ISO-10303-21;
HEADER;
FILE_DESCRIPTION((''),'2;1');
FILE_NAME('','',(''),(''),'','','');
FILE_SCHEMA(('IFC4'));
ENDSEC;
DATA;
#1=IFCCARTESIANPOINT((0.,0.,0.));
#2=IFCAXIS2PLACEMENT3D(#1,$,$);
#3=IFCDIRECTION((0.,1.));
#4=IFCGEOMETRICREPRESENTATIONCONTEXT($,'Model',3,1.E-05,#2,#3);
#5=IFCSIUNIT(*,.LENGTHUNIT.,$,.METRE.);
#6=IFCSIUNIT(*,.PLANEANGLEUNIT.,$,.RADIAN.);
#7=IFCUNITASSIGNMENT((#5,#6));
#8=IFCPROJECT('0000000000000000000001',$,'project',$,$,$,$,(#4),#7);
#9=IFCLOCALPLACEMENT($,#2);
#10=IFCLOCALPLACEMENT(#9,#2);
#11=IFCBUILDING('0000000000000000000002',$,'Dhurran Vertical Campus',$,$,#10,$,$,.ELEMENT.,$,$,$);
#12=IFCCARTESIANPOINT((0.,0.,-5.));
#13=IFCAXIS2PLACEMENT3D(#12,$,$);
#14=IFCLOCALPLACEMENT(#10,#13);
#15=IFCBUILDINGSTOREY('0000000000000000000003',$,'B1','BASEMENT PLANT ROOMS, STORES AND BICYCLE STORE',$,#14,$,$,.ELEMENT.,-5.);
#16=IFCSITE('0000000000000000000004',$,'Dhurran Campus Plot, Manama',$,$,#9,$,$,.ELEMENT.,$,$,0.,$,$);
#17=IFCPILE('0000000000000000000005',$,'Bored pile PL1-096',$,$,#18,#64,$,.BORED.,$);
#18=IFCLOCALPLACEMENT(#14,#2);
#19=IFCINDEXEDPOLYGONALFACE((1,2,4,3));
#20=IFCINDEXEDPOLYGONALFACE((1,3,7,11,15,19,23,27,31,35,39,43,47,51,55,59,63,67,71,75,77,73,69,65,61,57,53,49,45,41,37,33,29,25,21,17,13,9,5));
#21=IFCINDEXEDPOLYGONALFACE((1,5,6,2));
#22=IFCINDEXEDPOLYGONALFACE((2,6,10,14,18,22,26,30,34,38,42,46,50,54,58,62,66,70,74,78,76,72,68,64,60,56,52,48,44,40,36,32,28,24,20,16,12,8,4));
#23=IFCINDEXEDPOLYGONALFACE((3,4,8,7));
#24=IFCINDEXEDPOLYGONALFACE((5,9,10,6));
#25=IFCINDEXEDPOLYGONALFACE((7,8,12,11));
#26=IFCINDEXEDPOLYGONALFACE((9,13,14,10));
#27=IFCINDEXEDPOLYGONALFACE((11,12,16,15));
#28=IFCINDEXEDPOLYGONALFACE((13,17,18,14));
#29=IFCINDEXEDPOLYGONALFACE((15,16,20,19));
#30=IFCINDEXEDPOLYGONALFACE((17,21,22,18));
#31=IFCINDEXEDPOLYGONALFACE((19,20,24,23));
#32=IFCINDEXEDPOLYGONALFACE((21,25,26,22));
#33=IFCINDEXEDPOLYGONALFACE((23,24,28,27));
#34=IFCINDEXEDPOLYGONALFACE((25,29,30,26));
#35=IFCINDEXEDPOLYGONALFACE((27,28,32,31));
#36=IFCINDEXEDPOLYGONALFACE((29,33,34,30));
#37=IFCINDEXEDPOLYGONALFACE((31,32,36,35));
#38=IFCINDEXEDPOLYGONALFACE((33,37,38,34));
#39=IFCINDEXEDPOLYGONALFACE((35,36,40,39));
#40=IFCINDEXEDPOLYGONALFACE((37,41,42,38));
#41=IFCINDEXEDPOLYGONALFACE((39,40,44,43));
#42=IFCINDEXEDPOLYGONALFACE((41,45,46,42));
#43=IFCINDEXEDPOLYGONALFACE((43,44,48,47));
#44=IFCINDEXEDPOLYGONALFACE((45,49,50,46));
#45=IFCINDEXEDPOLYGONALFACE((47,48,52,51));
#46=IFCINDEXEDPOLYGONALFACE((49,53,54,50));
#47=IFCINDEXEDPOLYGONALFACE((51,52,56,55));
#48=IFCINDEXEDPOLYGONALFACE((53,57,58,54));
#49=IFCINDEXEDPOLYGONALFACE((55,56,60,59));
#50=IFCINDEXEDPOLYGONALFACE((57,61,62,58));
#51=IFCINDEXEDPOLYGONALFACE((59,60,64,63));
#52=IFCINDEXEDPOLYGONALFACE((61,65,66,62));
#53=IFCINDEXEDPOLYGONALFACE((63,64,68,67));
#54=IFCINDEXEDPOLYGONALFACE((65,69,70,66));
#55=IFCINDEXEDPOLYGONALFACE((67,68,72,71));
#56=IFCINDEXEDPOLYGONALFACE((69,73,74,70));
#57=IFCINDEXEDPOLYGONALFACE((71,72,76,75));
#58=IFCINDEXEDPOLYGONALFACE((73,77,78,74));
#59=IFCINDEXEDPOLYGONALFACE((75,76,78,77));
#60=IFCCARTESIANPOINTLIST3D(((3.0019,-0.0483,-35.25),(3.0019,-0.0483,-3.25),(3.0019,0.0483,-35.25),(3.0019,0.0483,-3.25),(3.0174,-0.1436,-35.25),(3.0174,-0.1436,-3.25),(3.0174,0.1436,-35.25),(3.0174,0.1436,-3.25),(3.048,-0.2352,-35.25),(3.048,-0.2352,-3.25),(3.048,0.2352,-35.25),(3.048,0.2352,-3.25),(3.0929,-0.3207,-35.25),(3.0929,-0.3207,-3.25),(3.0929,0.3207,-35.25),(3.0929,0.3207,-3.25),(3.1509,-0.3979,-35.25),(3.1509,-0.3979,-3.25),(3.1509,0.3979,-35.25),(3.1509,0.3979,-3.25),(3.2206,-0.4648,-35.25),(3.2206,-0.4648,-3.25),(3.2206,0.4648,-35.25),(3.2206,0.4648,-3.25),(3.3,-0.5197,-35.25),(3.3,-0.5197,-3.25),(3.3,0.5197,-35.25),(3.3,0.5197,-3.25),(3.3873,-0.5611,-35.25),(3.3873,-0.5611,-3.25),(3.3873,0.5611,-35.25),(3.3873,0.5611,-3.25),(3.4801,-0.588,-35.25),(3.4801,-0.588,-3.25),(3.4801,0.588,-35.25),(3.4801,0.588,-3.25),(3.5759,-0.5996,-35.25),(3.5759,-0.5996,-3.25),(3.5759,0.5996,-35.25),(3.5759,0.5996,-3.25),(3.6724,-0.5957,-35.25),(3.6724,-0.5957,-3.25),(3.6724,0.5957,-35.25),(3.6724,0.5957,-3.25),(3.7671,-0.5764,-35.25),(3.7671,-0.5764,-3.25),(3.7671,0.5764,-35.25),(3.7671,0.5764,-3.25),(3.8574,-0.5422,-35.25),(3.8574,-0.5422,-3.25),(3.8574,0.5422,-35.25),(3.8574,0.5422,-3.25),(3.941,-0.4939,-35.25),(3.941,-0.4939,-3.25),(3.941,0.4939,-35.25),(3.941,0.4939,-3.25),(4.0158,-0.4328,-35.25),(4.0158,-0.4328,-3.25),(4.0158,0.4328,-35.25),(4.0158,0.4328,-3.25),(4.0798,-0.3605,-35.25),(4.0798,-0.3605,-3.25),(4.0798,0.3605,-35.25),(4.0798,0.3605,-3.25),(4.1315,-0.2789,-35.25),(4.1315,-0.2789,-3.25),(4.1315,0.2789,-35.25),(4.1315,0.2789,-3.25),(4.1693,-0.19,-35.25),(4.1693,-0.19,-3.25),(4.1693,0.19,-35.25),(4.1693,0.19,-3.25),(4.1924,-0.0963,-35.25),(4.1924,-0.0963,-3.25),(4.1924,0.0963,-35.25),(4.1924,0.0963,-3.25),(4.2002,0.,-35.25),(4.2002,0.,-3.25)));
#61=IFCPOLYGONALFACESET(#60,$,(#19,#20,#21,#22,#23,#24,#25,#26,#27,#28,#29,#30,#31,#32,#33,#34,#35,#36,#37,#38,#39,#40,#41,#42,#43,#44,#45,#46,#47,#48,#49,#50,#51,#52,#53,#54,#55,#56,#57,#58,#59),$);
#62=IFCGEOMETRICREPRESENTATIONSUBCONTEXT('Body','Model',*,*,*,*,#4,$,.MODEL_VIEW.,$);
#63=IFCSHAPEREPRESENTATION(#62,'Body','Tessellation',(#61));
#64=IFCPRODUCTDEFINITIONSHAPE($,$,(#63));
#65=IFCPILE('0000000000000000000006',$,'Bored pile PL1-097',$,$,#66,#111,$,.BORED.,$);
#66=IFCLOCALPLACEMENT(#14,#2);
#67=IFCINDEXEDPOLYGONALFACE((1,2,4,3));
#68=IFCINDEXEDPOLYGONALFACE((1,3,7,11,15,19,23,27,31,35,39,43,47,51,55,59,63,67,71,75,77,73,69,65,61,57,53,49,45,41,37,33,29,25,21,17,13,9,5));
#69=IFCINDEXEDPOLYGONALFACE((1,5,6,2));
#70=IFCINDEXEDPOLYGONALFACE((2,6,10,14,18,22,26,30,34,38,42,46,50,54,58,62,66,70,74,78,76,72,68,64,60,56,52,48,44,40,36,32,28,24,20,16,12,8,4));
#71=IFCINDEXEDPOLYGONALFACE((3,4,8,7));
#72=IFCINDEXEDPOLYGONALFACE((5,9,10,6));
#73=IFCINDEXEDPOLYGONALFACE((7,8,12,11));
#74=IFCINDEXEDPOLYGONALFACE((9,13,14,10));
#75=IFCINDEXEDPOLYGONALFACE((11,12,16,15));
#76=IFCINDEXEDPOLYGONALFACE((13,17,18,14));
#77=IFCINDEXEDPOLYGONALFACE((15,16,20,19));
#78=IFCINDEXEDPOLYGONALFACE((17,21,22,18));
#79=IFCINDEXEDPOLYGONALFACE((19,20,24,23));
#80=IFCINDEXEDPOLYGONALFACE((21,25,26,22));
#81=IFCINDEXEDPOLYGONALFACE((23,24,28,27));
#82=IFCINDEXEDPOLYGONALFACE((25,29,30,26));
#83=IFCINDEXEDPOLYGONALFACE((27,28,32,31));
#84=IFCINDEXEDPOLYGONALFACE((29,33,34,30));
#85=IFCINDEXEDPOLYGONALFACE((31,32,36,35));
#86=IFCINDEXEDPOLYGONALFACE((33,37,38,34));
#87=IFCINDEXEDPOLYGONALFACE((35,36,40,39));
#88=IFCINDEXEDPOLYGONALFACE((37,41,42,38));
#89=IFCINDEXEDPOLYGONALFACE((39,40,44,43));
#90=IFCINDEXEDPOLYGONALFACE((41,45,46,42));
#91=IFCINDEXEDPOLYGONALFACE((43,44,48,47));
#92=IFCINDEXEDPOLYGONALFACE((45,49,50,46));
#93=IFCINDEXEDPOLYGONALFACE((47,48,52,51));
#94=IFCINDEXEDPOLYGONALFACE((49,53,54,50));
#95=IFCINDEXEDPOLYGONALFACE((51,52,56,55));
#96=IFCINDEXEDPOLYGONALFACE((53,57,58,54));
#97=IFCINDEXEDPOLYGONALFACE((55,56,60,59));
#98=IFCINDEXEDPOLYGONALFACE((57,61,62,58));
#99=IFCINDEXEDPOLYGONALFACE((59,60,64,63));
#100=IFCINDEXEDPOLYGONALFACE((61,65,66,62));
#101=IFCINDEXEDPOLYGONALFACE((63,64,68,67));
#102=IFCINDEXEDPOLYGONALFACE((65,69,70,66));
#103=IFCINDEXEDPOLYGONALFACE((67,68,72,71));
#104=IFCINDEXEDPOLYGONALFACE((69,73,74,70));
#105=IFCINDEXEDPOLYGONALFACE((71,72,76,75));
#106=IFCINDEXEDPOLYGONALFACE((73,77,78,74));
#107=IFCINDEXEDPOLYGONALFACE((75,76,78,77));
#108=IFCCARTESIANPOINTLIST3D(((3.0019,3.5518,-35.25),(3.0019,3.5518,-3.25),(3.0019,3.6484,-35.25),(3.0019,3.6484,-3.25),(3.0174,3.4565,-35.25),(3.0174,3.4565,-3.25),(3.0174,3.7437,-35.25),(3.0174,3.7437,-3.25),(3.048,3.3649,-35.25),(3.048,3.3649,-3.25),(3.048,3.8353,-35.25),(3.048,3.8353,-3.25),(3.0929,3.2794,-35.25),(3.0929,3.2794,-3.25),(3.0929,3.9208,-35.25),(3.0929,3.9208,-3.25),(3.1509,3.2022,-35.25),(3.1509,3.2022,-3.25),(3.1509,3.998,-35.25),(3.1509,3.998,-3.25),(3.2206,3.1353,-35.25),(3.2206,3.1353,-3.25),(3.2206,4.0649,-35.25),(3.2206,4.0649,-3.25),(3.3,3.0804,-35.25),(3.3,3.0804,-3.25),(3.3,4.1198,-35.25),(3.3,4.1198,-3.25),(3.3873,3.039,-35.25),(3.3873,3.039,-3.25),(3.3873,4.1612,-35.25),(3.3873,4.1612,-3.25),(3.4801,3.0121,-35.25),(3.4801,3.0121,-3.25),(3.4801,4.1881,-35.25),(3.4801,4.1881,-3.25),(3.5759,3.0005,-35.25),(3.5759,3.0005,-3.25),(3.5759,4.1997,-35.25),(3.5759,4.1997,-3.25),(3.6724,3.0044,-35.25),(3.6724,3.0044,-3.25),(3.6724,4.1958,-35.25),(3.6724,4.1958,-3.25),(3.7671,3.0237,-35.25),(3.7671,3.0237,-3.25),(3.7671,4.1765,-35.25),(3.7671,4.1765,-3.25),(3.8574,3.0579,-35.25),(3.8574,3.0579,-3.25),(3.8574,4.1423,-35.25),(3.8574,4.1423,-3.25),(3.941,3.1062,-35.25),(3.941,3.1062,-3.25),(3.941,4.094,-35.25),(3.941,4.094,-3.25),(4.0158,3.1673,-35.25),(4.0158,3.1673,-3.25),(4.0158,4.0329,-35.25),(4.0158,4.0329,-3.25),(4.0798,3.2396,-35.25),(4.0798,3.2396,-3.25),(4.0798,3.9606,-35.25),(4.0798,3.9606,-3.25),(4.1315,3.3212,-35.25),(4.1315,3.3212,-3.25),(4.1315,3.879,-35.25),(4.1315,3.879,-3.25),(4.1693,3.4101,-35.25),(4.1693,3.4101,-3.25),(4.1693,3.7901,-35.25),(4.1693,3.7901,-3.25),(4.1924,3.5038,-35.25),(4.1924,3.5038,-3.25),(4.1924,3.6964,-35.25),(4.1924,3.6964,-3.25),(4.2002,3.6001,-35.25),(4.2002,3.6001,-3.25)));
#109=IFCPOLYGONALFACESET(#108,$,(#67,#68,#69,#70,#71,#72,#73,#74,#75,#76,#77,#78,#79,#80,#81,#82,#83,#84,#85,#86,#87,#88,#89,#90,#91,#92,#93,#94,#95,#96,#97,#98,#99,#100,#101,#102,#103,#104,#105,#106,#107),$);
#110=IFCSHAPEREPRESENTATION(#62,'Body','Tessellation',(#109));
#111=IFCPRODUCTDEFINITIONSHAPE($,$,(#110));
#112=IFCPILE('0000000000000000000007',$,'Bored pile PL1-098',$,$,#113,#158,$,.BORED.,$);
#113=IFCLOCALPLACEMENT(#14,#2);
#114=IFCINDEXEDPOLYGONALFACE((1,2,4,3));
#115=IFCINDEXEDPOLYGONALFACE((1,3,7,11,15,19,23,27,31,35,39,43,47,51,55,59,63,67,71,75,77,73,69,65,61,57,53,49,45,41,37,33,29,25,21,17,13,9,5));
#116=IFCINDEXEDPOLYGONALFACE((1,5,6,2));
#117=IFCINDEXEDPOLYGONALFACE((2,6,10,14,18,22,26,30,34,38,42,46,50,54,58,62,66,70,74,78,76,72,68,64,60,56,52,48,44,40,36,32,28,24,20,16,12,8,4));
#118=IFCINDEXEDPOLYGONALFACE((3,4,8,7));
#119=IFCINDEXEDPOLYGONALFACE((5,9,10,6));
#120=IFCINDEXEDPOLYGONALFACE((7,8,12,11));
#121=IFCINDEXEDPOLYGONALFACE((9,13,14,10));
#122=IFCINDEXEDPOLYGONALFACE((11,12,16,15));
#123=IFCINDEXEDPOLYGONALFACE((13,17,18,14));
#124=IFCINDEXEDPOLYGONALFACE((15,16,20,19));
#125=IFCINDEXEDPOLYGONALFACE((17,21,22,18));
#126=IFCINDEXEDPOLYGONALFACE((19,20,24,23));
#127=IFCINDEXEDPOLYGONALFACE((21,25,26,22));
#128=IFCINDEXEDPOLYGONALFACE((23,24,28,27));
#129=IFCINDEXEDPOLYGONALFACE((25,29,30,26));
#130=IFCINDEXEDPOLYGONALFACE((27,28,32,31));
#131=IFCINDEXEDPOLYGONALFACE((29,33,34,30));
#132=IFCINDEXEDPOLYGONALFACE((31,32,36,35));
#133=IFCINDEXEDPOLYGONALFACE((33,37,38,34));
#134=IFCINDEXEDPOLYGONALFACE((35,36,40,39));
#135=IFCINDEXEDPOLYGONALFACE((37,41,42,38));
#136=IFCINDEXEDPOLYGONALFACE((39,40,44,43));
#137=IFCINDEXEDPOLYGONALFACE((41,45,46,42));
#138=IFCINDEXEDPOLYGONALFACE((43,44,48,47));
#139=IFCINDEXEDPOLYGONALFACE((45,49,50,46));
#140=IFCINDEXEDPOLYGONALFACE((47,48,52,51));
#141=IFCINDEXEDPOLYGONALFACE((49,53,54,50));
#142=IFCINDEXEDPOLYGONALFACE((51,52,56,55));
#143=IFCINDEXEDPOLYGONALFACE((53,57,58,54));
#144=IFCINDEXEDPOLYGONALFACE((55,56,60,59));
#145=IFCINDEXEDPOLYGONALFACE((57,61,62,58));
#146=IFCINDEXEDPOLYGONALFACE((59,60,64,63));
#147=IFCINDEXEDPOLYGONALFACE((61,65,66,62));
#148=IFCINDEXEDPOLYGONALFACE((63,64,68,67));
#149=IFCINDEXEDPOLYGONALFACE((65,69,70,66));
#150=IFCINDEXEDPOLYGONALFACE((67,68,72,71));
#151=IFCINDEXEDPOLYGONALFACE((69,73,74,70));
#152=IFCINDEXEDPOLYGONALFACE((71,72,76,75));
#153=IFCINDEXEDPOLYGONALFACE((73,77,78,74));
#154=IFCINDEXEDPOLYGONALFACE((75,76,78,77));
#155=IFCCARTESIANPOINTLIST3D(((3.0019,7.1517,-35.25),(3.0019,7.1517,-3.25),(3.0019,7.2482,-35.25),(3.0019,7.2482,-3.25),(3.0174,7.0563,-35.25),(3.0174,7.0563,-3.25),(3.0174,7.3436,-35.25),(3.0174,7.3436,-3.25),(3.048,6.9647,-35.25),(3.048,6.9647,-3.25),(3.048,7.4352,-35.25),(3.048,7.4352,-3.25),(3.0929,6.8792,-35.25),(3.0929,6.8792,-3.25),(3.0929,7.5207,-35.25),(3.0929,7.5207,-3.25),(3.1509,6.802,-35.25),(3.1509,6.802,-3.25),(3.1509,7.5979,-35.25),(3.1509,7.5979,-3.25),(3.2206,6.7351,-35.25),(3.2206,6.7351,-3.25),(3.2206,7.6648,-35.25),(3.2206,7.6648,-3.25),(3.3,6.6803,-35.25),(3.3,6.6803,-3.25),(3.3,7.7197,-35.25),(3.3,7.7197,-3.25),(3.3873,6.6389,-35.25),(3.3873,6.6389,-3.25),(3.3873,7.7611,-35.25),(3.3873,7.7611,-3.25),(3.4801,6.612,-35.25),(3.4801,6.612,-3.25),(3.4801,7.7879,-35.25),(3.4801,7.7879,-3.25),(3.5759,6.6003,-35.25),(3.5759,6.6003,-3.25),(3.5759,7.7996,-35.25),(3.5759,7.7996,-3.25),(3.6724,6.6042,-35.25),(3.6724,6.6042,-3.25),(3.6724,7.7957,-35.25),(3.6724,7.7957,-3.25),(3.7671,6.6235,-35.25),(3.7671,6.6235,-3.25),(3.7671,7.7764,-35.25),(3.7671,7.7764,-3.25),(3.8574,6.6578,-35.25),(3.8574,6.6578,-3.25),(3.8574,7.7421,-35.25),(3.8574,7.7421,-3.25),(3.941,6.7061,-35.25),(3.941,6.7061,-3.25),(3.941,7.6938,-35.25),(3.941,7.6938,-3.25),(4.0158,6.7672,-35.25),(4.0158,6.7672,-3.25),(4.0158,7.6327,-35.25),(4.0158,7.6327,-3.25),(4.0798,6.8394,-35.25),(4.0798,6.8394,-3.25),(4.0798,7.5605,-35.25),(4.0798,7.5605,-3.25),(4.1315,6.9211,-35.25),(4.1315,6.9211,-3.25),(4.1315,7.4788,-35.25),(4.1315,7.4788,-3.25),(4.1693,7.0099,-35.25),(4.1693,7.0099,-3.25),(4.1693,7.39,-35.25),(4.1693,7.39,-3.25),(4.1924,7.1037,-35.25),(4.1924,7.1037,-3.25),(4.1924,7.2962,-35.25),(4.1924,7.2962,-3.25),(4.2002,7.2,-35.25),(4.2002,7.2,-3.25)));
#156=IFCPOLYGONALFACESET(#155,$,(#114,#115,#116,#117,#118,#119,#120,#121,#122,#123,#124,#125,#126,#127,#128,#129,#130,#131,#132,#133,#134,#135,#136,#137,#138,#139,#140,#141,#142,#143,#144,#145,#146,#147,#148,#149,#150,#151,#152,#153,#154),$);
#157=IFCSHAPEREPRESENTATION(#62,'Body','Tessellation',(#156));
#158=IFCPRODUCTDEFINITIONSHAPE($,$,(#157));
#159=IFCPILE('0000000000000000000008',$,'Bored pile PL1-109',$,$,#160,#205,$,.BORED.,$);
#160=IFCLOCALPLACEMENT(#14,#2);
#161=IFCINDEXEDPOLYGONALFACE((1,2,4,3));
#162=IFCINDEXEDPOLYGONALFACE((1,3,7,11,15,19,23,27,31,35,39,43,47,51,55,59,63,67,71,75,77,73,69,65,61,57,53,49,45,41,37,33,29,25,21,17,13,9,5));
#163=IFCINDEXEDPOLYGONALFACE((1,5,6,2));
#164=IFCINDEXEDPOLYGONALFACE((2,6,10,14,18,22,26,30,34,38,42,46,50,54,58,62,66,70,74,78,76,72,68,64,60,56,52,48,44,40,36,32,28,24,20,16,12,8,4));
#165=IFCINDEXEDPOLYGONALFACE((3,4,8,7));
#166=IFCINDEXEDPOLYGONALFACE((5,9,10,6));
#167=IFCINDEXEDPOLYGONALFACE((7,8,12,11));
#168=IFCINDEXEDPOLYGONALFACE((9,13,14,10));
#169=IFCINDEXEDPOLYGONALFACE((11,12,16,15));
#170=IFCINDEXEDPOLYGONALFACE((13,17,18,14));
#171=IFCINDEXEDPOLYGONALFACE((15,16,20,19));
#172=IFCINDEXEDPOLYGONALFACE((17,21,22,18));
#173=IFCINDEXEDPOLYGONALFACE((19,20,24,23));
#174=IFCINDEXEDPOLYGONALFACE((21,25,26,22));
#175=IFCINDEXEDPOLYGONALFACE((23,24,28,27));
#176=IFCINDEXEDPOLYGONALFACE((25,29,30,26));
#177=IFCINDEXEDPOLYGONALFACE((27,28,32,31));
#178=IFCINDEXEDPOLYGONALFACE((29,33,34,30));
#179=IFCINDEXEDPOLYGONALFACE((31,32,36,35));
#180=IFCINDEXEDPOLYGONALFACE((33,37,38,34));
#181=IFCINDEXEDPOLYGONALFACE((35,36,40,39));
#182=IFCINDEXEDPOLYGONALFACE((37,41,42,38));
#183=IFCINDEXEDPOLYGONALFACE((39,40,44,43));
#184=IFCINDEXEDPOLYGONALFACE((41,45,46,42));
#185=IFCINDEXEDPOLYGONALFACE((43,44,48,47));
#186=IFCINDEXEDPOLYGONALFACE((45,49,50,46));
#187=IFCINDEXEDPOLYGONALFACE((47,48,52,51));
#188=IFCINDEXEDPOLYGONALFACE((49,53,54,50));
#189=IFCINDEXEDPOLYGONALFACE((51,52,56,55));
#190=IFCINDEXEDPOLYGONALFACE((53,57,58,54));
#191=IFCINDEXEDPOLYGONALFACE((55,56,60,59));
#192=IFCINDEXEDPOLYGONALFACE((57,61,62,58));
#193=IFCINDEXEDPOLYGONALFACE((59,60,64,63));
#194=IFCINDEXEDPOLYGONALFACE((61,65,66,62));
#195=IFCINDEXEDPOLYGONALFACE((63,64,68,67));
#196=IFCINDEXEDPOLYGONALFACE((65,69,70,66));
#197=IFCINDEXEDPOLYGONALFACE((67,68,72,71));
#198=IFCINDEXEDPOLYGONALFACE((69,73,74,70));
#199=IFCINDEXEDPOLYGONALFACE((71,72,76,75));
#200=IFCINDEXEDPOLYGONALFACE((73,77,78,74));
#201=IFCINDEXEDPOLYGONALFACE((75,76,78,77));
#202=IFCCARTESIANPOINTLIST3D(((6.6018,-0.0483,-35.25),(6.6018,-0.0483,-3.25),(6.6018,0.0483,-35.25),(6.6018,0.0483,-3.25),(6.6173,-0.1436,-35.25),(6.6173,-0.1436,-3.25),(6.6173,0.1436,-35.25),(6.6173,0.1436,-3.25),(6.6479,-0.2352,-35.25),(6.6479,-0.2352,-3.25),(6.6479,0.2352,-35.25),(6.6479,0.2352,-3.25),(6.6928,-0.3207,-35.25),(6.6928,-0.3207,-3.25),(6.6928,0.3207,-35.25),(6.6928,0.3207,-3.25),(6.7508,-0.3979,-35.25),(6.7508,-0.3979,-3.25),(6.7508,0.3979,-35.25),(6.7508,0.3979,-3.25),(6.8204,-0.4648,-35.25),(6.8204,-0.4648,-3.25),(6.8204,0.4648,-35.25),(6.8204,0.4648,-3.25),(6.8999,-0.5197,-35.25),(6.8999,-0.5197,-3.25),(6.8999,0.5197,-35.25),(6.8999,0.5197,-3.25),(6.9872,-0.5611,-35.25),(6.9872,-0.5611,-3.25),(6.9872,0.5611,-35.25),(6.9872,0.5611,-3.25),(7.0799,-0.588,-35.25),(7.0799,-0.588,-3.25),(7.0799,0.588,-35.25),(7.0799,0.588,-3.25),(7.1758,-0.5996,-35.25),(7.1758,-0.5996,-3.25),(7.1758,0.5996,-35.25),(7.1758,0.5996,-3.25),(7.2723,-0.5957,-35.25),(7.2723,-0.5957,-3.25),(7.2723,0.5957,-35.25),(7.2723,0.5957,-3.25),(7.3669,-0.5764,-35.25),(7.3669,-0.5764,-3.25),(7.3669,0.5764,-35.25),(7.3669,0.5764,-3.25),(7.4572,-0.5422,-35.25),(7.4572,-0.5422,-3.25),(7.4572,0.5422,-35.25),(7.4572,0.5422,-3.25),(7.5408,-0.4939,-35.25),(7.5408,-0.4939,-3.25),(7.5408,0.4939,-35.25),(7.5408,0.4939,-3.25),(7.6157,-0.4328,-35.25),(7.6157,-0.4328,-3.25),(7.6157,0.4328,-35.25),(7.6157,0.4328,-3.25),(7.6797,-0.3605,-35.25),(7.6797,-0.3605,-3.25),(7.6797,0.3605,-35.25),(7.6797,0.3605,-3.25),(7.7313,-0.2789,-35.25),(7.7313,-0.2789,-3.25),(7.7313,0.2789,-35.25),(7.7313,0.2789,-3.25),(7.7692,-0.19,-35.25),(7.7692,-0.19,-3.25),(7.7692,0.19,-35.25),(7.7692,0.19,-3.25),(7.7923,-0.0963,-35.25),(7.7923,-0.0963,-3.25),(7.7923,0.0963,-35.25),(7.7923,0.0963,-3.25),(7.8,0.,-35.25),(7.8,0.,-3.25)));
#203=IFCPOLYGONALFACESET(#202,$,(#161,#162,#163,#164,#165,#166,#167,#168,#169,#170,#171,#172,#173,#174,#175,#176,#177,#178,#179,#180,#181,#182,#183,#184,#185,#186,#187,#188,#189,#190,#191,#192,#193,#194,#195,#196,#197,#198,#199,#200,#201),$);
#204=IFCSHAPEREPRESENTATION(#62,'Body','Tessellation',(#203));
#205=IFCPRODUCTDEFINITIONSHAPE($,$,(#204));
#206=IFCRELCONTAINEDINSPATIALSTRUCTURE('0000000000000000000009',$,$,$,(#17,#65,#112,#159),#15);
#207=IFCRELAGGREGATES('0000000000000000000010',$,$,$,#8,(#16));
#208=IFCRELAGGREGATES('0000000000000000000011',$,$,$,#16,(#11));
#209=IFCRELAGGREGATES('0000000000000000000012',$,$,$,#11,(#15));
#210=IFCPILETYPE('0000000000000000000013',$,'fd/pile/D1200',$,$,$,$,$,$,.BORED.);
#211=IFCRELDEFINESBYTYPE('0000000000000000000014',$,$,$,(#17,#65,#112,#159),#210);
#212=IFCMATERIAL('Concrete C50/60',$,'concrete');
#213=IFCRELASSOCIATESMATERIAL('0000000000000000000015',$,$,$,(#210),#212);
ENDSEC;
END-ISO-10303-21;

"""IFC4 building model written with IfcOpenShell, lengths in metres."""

from ifc_helpers import new_model, si_unit, direction, frame, origin, origin_2d, place, context, subcontext, project, spatial, circle, extrude, material, material_profile, profile_set, type_object, element, save


model = new_model("IFC4")

# Units and contexts
model_context = context("Model", 3, precision=1e-05, world=origin(), true_north=direction((0.0, 1.0)))
body_context = subcontext(model_context, "Body", "Model", "MODEL_VIEW")
ifc_project = project(units=[si_unit("LENGTHUNIT", "METRE"), si_unit("PLANEANGLEUNIT", "RADIAN")], contexts=[model_context])

# Site, building, storey
site_placement = place(None, origin())
site = spatial("IfcSite", under=ifc_project, at=site_placement, Name="Dhurran Campus Plot, Manama", CompositionType="ELEMENT", RefElevation=0.0)
building_placement = place(site_placement, origin())
building = spatial("IfcBuilding", under=site, at=building_placement, Name="Dhurran Vertical Campus", CompositionType="ELEMENT")
storey_placement = place(building_placement, frame((0.0, 0.0, -5.0)))
storey = spatial("IfcBuildingStorey", under=building, at=storey_placement, Name="B1", Description="BASEMENT PLANT ROOMS, STORES AND BICYCLE STORE", CompositionType="ELEMENT", Elevation=-5.0)

# Piles
ifc_material_1 = material(Name="Concrete C50/60", Category="concrete")
ifc_material_profile = material_profile(ifc_material_1, circle(Radius=0.6001, at=origin_2d()), Name="fd/pile/D1200")
ifc_profile_set = profile_set([ifc_material_profile], Name="Concrete C50/60")
pile_type = type_object("IfcPileType", Name="fd/pile/D1200", PredefinedType="BORED", material=ifc_profile_set)
for number, where, z_axis, x_axis, name in (
    (1, (3.6001, 0.0, -3.25), (0.0, 0.0, -1.0), (1.0, 0.0, 0.0), "Bored pile PL1-096"),
    (2, (3.6001, 3.6001, -3.25), (0.0, 0.0, -1.0), (1.0, 0.0, 0.0), "Bored pile PL1-097"),
    (3, (3.6001, 7.2, -3.25), (0.0, 0.0, -1.0), (1.0, 0.0, 0.0), "Bored pile PL1-098"),
    (4, (7.2, 0.0, -3.25), (0.0, 0.0, -1.0), (1.0, 0.0, 0.0), "Bored pile PL1-109"),
):
    element("IfcPile", number, at=place(storey_placement, frame(where, z_axis=z_axis, x_axis=x_axis)), inside=storey, type_object=pile_type, Name=name, PredefinedType="BORED", context=body_context, shape_type="SweptSolid", body=[
        extrude(circle(Radius=0.6001, at=origin_2d()), origin(), (0.0, 0.0, 1.0), 32.0),
    ])

save(model, "model.ifc")
